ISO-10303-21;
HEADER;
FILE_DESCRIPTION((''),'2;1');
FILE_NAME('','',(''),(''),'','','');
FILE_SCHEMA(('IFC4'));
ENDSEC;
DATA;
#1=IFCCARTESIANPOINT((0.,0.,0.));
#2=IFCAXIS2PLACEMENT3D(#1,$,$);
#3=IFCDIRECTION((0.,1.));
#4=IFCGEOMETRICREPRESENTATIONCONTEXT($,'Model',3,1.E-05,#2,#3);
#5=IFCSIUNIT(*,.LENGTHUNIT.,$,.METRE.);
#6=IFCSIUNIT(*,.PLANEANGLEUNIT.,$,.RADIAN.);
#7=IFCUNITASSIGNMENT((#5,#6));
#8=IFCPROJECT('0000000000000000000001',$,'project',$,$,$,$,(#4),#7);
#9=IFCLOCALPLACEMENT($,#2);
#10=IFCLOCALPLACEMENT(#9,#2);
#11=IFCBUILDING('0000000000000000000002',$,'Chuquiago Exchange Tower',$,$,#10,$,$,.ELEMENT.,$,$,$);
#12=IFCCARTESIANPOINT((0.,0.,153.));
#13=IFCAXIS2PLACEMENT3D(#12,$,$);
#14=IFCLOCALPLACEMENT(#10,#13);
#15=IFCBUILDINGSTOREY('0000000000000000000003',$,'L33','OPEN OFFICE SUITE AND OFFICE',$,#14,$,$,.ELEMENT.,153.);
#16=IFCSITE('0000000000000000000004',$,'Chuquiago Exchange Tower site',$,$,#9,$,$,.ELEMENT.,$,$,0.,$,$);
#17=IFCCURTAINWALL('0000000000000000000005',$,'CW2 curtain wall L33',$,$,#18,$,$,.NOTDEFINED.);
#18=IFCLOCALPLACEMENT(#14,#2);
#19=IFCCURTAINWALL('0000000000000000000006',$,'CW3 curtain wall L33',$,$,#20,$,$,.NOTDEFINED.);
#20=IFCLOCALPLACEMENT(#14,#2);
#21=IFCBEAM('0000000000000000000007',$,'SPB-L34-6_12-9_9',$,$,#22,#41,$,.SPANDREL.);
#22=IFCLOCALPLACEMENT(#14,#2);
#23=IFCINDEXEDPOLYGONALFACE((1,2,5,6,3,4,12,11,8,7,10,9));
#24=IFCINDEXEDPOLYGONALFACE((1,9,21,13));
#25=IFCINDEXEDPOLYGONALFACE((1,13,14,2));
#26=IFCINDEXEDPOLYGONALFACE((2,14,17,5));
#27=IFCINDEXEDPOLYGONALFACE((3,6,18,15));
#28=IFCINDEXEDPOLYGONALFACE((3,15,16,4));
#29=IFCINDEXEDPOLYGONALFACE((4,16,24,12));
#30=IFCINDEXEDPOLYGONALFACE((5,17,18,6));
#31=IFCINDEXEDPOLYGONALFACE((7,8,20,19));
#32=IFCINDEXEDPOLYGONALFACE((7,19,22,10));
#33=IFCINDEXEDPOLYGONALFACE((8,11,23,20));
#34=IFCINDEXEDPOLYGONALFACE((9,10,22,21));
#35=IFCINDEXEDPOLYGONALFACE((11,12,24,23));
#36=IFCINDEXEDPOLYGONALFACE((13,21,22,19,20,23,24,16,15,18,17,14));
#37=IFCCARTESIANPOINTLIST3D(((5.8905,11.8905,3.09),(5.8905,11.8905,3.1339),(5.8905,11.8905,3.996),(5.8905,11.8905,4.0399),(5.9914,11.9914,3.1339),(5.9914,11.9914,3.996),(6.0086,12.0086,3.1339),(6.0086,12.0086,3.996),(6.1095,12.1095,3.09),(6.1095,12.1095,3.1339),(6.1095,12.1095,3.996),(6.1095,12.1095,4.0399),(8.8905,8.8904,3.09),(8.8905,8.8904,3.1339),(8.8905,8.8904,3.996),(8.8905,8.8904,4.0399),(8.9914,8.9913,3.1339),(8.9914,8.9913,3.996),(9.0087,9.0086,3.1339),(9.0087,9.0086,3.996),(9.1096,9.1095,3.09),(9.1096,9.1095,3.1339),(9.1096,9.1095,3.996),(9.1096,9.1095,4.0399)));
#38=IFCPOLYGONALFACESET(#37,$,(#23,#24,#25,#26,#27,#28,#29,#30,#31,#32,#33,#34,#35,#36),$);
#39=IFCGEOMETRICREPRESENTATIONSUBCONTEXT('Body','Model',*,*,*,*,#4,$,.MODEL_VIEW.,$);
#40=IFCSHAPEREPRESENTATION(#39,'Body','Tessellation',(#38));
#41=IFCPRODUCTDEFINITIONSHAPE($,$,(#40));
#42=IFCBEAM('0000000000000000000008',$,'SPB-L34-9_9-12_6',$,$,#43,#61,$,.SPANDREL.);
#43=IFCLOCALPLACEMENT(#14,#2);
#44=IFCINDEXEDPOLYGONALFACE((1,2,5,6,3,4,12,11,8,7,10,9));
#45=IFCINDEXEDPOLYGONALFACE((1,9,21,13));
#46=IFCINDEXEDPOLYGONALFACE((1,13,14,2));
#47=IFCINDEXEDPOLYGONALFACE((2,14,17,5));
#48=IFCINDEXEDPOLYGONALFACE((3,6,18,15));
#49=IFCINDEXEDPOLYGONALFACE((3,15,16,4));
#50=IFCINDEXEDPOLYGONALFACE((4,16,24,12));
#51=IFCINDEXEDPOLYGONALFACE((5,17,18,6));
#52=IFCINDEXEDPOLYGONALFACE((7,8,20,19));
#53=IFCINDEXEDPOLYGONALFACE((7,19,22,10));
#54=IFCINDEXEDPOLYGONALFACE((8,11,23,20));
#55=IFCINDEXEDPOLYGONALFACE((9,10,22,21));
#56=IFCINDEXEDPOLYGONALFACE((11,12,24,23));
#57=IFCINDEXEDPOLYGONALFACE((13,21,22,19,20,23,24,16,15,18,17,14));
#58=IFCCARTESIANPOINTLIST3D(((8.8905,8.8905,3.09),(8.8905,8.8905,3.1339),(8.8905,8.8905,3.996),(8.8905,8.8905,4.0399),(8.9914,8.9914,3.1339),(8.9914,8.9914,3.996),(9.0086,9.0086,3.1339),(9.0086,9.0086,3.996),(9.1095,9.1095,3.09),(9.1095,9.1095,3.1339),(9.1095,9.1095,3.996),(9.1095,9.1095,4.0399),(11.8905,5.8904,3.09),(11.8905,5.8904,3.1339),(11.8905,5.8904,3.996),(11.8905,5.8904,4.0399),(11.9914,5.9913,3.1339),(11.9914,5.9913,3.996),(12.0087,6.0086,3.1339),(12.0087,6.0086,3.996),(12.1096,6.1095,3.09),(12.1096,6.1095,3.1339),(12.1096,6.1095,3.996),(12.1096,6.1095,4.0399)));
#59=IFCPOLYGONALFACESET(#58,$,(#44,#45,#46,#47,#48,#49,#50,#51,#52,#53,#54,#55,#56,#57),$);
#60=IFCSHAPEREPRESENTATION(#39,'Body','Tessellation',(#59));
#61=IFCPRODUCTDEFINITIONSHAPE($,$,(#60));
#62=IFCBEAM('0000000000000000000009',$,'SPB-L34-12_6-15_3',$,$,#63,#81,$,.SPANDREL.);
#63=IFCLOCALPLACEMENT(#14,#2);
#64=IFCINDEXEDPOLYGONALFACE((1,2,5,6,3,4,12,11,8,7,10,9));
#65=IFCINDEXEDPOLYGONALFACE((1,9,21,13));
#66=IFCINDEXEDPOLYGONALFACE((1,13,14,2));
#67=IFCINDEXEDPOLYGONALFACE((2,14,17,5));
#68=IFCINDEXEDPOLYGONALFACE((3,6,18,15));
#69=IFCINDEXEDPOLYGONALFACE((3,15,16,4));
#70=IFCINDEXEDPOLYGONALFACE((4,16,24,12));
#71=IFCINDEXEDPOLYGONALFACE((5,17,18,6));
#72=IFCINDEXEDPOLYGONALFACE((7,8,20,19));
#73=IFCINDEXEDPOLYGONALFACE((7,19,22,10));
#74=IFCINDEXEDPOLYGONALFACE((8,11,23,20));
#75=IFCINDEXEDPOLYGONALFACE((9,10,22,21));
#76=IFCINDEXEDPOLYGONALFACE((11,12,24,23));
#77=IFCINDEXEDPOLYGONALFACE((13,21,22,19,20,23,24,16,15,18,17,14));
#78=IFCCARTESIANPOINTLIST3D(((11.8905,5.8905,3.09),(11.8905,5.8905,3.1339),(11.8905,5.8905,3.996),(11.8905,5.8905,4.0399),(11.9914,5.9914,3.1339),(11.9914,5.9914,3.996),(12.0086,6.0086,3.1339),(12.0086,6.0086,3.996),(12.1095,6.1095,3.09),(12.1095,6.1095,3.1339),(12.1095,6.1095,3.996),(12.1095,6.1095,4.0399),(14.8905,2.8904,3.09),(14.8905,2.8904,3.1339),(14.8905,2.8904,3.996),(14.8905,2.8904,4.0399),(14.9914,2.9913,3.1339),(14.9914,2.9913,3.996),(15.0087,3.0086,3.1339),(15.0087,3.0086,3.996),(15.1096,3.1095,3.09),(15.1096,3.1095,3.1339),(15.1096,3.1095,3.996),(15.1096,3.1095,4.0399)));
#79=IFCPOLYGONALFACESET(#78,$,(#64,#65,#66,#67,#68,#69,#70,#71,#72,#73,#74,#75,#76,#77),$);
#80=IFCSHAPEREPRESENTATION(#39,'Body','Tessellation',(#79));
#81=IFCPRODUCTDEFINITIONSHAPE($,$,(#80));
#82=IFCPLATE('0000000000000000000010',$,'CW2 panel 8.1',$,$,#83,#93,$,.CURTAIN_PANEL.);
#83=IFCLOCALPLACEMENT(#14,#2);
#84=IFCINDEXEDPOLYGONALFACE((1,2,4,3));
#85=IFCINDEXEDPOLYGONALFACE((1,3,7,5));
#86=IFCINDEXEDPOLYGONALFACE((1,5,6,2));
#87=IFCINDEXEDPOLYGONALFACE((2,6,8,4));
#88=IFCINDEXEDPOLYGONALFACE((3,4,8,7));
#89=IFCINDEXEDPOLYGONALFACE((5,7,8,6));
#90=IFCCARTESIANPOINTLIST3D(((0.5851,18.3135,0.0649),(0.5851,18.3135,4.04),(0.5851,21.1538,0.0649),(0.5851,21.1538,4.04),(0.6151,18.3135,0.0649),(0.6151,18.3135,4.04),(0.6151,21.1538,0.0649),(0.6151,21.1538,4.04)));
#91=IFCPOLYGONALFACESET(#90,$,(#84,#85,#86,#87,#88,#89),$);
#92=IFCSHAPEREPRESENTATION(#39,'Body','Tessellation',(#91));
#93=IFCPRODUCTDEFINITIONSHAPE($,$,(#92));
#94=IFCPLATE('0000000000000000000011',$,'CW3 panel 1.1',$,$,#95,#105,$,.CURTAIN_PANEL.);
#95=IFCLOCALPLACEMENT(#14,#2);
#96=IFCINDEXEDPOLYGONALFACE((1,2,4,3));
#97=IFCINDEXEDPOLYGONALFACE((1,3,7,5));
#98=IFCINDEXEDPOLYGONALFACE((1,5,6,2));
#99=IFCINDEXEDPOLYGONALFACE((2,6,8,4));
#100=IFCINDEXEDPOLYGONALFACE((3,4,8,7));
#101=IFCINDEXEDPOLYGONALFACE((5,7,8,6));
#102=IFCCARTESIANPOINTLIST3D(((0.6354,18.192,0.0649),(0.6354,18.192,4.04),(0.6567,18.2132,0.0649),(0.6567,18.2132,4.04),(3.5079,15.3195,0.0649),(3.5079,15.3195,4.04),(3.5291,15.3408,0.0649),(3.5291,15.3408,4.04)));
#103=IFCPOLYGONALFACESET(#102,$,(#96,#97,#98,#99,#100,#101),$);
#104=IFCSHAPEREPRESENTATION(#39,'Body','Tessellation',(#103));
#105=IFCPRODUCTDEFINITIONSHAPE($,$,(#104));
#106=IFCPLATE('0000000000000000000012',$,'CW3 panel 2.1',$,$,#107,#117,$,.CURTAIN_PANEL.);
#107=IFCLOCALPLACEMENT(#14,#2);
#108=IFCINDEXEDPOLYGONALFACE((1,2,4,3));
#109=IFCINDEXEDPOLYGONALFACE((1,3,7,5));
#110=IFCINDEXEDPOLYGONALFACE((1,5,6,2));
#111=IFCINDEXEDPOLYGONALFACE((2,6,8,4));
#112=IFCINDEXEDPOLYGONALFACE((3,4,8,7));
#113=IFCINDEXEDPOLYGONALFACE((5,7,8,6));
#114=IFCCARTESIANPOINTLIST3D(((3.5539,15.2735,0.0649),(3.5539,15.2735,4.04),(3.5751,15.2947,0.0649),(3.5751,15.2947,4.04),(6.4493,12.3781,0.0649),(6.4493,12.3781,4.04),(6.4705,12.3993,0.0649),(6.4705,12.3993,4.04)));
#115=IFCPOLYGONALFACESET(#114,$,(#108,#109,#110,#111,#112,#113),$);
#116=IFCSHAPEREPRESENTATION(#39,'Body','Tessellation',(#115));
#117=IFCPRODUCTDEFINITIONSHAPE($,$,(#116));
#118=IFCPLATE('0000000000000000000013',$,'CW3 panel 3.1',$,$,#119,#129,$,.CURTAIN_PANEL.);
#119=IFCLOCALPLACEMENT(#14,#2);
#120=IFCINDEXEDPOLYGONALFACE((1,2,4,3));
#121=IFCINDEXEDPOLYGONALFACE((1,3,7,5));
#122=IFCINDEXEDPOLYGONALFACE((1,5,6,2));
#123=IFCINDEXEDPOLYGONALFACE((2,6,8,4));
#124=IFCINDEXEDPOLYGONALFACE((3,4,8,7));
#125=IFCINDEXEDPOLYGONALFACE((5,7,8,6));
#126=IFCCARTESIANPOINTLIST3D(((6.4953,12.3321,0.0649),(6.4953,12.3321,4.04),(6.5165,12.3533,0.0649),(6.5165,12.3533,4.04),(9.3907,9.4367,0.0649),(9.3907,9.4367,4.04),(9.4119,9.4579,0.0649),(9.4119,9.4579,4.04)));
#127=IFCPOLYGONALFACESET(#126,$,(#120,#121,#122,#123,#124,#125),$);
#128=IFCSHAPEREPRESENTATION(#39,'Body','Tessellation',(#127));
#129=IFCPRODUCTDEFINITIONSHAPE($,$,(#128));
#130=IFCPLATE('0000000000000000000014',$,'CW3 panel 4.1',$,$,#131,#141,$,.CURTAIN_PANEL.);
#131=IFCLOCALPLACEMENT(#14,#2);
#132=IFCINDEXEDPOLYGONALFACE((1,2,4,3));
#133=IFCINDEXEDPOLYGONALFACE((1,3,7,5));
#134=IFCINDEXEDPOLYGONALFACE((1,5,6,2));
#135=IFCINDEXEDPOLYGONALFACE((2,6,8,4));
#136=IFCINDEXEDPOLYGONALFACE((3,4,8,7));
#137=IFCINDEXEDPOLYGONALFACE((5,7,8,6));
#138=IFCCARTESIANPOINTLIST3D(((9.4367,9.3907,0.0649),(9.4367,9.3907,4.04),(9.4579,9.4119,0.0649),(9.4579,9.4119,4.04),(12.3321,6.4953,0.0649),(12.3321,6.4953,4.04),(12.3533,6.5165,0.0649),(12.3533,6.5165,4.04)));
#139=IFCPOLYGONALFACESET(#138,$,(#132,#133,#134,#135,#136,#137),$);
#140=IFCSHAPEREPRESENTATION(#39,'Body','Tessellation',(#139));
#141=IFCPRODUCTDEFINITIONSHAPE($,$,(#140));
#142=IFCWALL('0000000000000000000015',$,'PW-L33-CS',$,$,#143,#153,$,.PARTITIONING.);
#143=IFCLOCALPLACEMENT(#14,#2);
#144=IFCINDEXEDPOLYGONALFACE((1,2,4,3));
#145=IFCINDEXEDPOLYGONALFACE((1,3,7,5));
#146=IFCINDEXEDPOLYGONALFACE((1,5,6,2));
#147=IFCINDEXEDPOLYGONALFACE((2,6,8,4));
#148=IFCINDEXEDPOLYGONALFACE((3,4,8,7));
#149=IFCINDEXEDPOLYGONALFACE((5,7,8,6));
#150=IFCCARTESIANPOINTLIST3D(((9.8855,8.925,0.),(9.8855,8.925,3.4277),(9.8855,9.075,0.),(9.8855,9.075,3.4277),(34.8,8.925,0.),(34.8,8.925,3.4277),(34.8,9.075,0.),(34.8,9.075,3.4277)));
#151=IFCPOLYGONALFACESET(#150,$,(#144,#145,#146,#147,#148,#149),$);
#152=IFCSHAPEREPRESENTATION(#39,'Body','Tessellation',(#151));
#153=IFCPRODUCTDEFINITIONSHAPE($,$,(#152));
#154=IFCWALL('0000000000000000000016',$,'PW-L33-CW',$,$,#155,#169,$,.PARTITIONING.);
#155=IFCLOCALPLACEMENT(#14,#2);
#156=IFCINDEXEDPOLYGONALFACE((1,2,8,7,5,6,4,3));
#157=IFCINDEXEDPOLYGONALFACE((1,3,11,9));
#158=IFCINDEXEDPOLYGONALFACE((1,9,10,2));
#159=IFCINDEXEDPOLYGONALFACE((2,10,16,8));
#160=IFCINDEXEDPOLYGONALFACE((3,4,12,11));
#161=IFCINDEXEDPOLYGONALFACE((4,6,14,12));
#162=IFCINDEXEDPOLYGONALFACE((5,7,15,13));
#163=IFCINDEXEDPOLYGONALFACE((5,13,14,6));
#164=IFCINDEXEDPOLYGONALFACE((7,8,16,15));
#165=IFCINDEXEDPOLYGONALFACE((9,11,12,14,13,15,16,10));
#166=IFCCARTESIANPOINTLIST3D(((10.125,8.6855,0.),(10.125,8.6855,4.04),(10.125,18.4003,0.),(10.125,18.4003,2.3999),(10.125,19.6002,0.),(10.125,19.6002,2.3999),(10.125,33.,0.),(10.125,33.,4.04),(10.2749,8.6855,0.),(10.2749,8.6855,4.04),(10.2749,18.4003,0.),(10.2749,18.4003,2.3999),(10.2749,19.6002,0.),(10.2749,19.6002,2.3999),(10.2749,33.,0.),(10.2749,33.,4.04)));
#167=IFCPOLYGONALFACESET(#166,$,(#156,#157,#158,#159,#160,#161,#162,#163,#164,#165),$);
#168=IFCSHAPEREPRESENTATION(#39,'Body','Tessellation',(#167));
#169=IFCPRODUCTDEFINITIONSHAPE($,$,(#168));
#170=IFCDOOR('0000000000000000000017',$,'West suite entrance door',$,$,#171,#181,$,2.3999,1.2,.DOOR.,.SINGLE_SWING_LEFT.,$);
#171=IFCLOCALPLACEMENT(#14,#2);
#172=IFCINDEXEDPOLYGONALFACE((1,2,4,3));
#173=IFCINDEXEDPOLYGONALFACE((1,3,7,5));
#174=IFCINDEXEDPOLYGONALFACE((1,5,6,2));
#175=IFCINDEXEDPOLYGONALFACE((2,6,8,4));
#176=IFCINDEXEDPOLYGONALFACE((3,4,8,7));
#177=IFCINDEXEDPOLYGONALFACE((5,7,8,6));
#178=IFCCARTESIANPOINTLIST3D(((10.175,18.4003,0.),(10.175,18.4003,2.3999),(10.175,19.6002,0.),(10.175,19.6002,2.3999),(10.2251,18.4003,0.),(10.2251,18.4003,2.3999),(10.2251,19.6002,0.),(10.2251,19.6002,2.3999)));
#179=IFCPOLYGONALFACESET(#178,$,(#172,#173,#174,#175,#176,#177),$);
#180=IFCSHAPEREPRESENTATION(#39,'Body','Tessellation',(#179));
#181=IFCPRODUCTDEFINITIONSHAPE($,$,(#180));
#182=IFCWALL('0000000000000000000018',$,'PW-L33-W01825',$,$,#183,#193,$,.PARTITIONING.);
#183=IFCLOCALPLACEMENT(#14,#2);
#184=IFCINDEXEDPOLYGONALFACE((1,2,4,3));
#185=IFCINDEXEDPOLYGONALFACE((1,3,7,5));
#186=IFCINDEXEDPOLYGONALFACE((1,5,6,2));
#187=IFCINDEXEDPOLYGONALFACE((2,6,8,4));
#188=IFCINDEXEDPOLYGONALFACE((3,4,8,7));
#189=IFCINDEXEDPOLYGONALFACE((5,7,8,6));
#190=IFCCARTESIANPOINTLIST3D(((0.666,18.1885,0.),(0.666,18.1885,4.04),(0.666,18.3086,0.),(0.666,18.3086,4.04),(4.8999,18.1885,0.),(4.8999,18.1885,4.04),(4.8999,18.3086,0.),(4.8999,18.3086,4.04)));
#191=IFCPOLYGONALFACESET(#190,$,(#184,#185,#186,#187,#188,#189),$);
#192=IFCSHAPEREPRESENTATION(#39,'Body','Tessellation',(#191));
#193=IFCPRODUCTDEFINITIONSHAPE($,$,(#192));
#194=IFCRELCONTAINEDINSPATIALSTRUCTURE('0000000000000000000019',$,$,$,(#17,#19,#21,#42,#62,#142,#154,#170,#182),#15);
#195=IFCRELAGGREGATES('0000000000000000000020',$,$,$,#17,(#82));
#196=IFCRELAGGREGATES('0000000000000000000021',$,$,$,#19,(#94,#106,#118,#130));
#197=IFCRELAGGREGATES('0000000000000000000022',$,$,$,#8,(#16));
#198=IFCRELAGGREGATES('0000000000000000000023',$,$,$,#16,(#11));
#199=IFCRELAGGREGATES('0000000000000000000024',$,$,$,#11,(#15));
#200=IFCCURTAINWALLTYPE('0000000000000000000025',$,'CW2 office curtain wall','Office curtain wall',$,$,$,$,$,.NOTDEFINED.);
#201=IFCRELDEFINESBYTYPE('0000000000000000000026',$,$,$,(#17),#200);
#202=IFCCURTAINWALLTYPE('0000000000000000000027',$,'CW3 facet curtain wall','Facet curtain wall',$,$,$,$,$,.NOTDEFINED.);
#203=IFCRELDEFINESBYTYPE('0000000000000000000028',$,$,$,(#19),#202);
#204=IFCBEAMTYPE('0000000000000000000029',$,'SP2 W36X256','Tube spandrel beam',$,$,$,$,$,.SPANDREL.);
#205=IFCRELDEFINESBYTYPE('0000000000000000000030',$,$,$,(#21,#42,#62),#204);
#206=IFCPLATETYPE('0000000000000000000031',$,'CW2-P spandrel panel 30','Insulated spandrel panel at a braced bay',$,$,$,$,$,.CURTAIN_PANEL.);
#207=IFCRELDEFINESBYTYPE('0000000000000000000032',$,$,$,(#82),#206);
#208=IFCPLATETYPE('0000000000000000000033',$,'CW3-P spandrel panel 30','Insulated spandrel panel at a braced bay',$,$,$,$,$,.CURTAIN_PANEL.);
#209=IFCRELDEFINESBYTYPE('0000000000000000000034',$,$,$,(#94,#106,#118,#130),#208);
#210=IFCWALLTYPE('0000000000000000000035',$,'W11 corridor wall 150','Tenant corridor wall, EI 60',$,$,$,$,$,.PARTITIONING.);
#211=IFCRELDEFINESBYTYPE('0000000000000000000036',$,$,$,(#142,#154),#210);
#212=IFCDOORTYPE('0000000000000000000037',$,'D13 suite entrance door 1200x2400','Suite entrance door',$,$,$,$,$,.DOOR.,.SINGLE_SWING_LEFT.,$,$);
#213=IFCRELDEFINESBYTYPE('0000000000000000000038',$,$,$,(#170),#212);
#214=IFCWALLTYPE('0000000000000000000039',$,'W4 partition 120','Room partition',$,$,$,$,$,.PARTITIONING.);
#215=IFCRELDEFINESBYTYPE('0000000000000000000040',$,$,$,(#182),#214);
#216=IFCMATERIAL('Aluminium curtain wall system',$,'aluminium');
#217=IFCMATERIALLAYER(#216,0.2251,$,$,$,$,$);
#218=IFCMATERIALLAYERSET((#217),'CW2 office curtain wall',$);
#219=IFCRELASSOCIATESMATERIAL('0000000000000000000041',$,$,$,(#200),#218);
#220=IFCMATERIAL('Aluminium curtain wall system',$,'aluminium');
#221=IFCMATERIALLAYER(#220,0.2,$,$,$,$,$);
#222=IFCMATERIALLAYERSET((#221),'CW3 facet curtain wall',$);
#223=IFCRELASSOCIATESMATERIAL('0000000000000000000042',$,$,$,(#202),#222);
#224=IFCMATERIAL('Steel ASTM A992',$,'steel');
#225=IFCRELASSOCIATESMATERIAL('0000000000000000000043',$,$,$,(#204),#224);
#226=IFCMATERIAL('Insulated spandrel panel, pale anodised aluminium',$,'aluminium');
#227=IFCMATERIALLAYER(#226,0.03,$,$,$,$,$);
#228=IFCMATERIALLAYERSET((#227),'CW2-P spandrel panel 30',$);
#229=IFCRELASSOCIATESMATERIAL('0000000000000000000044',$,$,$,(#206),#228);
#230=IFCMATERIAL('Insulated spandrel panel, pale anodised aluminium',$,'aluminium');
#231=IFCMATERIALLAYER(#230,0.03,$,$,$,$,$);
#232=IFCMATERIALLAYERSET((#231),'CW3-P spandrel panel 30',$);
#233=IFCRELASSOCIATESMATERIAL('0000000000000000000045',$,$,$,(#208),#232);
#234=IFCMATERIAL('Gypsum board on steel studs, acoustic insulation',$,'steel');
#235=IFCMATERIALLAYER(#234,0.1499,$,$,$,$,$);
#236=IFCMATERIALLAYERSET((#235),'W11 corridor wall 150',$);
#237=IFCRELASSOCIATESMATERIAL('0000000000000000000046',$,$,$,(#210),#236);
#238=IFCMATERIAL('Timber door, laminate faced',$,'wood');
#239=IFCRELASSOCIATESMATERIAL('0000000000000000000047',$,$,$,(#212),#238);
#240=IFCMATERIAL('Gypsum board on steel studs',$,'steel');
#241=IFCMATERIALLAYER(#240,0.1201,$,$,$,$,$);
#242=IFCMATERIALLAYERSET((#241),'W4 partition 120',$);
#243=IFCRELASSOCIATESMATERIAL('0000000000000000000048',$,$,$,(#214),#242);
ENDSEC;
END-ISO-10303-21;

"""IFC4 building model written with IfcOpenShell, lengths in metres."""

from ifc_helpers import new_model, si_unit, direction, frame, frame_2d, origin, origin_2d, place, context, subcontext, project, spatial, rectangle, i_section, extrude, material, layer, layer_set, material_profile, profile_set, type_object, element, fill, aggregate, save


model = new_model("IFC4")

# Units and contexts
model_context = context("Model", 3, precision=1e-05, world=origin(), true_north=direction((0.0, 1.0)))
body_context = subcontext(model_context, "Body", "Model", "MODEL_VIEW")
ifc_project = project(units=[si_unit("LENGTHUNIT", "METRE"), si_unit("PLANEANGLEUNIT", "RADIAN")], contexts=[model_context])

# Site, building, storey
site_placement = place(None, origin())
site = spatial("IfcSite", under=ifc_project, at=site_placement, Name="Chuquiago Exchange Tower site", CompositionType="ELEMENT", RefElevation=0.0)
building_placement = place(site_placement, origin())
building = spatial("IfcBuilding", under=site, at=building_placement, Name="Chuquiago Exchange Tower", CompositionType="ELEMENT")
storey_placement = place(building_placement, frame((0.0, 0.0, 153.0)))
storey = spatial("IfcBuildingStorey", under=building, at=storey_placement, Name="L33", Description="OPEN OFFICE SUITE AND OFFICE", CompositionType="ELEMENT", Elevation=153.0)

# Curtain wall
ifc_material_1 = material(Name="Aluminium curtain wall system", Category="aluminium")
ifc_layer_1 = layer(ifc_material_1, 0.2251)
ifc_layer_set_1 = layer_set([ifc_layer_1], Name="CW2 office curtain wall")
curtain_wall_type_1 = type_object("IfcCurtainWallType", Name="CW2 office curtain wall", Description="Office curtain wall", PredefinedType="NOTDEFINED", material=ifc_layer_set_1)
curtain_wall_1_placement = place(storey_placement, origin())
curtain_wall_1 = element("IfcCurtainWall", 1, at=curtain_wall_1_placement, inside=storey, type_object=curtain_wall_type_1, Name="CW2 curtain wall L33", PredefinedType="NOTDEFINED")

# Curtain wall
ifc_material_2 = material(Name="Aluminium curtain wall system", Category="aluminium")
ifc_layer_2 = layer(ifc_material_2, 0.2)
ifc_layer_set_2 = layer_set([ifc_layer_2], Name="CW3 facet curtain wall")
curtain_wall_type_2 = type_object("IfcCurtainWallType", Name="CW3 facet curtain wall", Description="Facet curtain wall", PredefinedType="NOTDEFINED", material=ifc_layer_set_2)
curtain_wall_2_placement = place(storey_placement, origin())
curtain_wall_2 = element("IfcCurtainWall", 2, at=curtain_wall_2_placement, inside=storey, type_object=curtain_wall_type_2, Name="CW3 curtain wall L33", PredefinedType="NOTDEFINED")

# Beams
ifc_material_3 = material(Name="Steel ASTM A992", Category="steel")
ifc_material_profile_1 = material_profile(ifc_material_3, i_section(OverallWidth=0.3098, OverallDepth=0.95, WebThickness=0.0244, FlangeThickness=0.0439, at=origin_2d()), Name="W36X256")
ifc_profile_set_1 = profile_set([ifc_material_profile_1], Name="Steel ASTM A992")
beam_type_1 = type_object("IfcBeamType", Name="SP2 W36X256", Description="Tube spandrel beam", PredefinedType="SPANDREL", material=ifc_profile_set_1)
for number, where, z_axis, x_axis, name in (
    (3, (6.0, 12.0, 3.5649), (0.707107, -0.707107, 0.0), (0.707107, 0.707107, 0.0), "SPB-L34-6_12-9_9"),
    (4, (9.0, 9.0, 3.5649), (0.707107, -0.707107, 0.0), (0.707107, 0.707107, 0.0), "SPB-L34-9_9-12_6"),
    (5, (12.0, 6.0, 3.5649), (0.707107, -0.707107, 0.0), (0.707107, 0.707107, 0.0), "SPB-L34-12_6-15_3"),
):
    element("IfcBeam", number, at=place(storey_placement, frame(where, z_axis=z_axis, x_axis=x_axis)), inside=storey, type_object=beam_type_1, Name=name, PredefinedType="SPANDREL", context=body_context, shape_type="SweptSolid", body=[
        extrude(i_section(OverallWidth=0.3098, OverallDepth=0.95, WebThickness=0.0244, FlangeThickness=0.0439, at=origin_2d()), origin(), (0.0, 0.0, 1.0), 4.2427),
    ])

# Plates
ifc_material_4 = material(Name="Insulated spandrel panel, pale anodised aluminium", Category="aluminium")
ifc_layer_3 = layer(ifc_material_4, 0.03)
ifc_layer_set_3 = layer_set([ifc_layer_3], Name="CW2-P spandrel panel 30")
plate_type_1 = type_object("IfcPlateType", Name="CW2-P spandrel panel 30", Description="Insulated spandrel panel at a braced bay", PredefinedType="CURTAIN_PANEL", material=ifc_layer_set_3)
plate_1_placement = place(storey_placement, frame((0.6001, 19.7336, 0.0649), z_axis=(0.0, 0.0, 1.0), x_axis=(0.0, -1.0, 0.0)))
plate_1 = element("IfcPlate", 6, at=plate_1_placement, type_object=plate_type_1, Name="CW2 panel 8.1", PredefinedType="CURTAIN_PANEL", context=body_context, shape_type="SweptSolid", body=[
    extrude(rectangle(XDim=2.8403, YDim=0.03, at=origin_2d()), origin(), (0.0, 0.0, 1.0), 3.9751),
])
aggregate(curtain_wall_1, [plate_1])
ifc_material_5 = material(Name="Insulated spandrel panel, pale anodised aluminium", Category="aluminium")
ifc_layer_4 = layer(ifc_material_5, 0.03)
ifc_layer_set_4 = layer_set([ifc_layer_4], Name="CW3-P spandrel panel 30")
plate_type_2 = type_object("IfcPlateType", Name="CW3-P spandrel panel 30", Description="Insulated spandrel panel at a braced bay", PredefinedType="CURTAIN_PANEL", material=ifc_layer_set_4)
plate_2_placement = place(storey_placement, frame((2.0823, 16.7664, 0.0649), z_axis=(0.0, 0.0, 1.0), x_axis=(0.707107, -0.707107, 0.0)))
plate_2 = element("IfcPlate", 7, at=plate_2_placement, type_object=plate_type_2, Name="CW3 panel 1.1", PredefinedType="CURTAIN_PANEL", context=body_context, shape_type="SweptSolid", body=[
    extrude(rectangle(XDim=4.0623, YDim=0.03, at=origin_2d()), origin(), (0.0, 0.0, 1.0), 3.9751),
])
plate_3_placement = place(storey_placement, frame((5.0122, 13.8364, 0.0649), z_axis=(0.0, 0.0, 1.0), x_axis=(0.707107, -0.707107, 0.0)))
plate_3 = element("IfcPlate", 8, at=plate_3_placement, type_object=plate_type_2, Name="CW3 panel 2.1", PredefinedType="CURTAIN_PANEL", context=body_context, shape_type="SweptSolid", body=[
    extrude(rectangle(XDim=4.0947, YDim=0.03, at=origin_2d()), origin(), (0.0, 0.0, 1.0), 3.9751),
])
plate_4_placement = place(storey_placement, frame((7.9536, 10.895, 0.0649), z_axis=(0.0, 0.0, 1.0), x_axis=(0.707107, -0.707107, 0.0)))
plate_4 = element("IfcPlate", 9, at=plate_4_placement, type_object=plate_type_2, Name="CW3 panel 3.1", PredefinedType="CURTAIN_PANEL", context=body_context, shape_type="SweptSolid", body=[
    extrude(rectangle(XDim=4.0947, YDim=0.03, at=origin_2d()), origin(), (0.0, 0.0, 1.0), 3.9751),
])
plate_5_placement = place(storey_placement, frame((10.895, 7.9536, 0.0649), z_axis=(0.0, 0.0, 1.0), x_axis=(0.707107, -0.707107, 0.0)))
plate_5 = element("IfcPlate", 10, at=plate_5_placement, type_object=plate_type_2, Name="CW3 panel 4.1", PredefinedType="CURTAIN_PANEL", context=body_context, shape_type="SweptSolid", body=[
    extrude(rectangle(XDim=4.0947, YDim=0.03, at=origin_2d()), origin(), (0.0, 0.0, 1.0), 3.9751),
])
aggregate(curtain_wall_2, [plate_2, plate_3, plate_4, plate_5])

# Wall
ifc_material_6 = material(Name="Gypsum board on steel studs, acoustic insulation", Category="steel")
ifc_layer_5 = layer(ifc_material_6, 0.1499)
ifc_layer_set_5 = layer_set([ifc_layer_5], Name="W11 corridor wall 150")
wall_type_1 = type_object("IfcWallType", Name="W11 corridor wall 150", Description="Tenant corridor wall, EI 60", PredefinedType="PARTITIONING", material=ifc_layer_set_5)
wall_1_placement = place(storey_placement, frame((9.8855, 9.0, 0.0), z_axis=(0.0, 0.0, 1.0), x_axis=(1.0, 0.0, 0.0)))
element("IfcWall", 11, at=wall_1_placement, inside=storey, type_object=wall_type_1, Name="PW-L33-CS", PredefinedType="PARTITIONING", context=body_context, shape_type="SweptSolid", body=[
    extrude(rectangle(XDim=24.9146, YDim=0.1499, at=frame_2d((12.4573, 0.0))), origin(), (0.0, 0.0, 1.0), 3.4277),
])

# Wall, opening, door
wall_2_placement = place(storey_placement, frame((10.2, 8.6855, 0.0), z_axis=(0.0, 0.0, 1.0), x_axis=(0.0, 1.0, 0.0)))
wall_2 = element("IfcWall", 12, at=wall_2_placement, inside=storey, type_object=wall_type_1, Name="PW-L33-CW", PredefinedType="PARTITIONING", context=body_context, shape_type="SweptSolid", body=[
    extrude(rectangle(XDim=24.3145, YDim=0.1499, at=frame_2d((12.1572, 0.0))), origin(), (0.0, 0.0, 1.0), 4.04),
])
opening_1_placement = place(wall_2_placement, frame((9.7146, 0.0, 0.0)))
opening_1 = element("IfcOpeningElement", 13, at=opening_1_placement, cuts=wall_2, PredefinedType="OPENING", context=body_context, shape_type="SweptSolid", body=[
    extrude(rectangle(XDim=1.2, YDim=2.3999, at=frame_2d((0.6001, 1.2))), frame((0.0, 0.085, 0.0), z_axis=(0.0, -1.0, 0.0), x_axis=(1.0, 0.0, 0.0)), (0.0, 0.0, 1.0), 0.1699),
])
ifc_material_7 = material(Name="Timber door, laminate faced", Category="wood")
door_type_1 = type_object("IfcDoorType", Name="D13 suite entrance door 1200x2400", Description="Suite entrance door", OperationType="SINGLE_SWING_LEFT", PredefinedType="DOOR", material=ifc_material_7)
door_1_placement = place(opening_1_placement, origin())
door_1 = element("IfcDoor", 14, at=door_1_placement, inside=storey, type_object=door_type_1, Name="West suite entrance door", OperationType="SINGLE_SWING_LEFT", OverallHeight=2.3999, OverallWidth=1.2, PredefinedType="DOOR", context=body_context, shape_type="SweptSolid", body=[
    extrude(rectangle(XDim=1.2, YDim=2.3999, at=frame_2d((0.6001, 1.2))), frame((0.0, 0.0249, 0.0), z_axis=(0.0, -1.0, 0.0), x_axis=(1.0, 0.0, 0.0)), (0.0, 0.0, 1.0), 0.05),
])
fill(opening_1, door_1)

# Wall
ifc_material_8 = material(Name="Gypsum board on steel studs", Category="steel")
ifc_layer_6 = layer(ifc_material_8, 0.1201)
ifc_layer_set_6 = layer_set([ifc_layer_6], Name="W4 partition 120")
wall_type_2 = type_object("IfcWallType", Name="W4 partition 120", Description="Room partition", PredefinedType="PARTITIONING", material=ifc_layer_set_6)
wall_3_placement = place(storey_placement, frame((0.666, 18.2485, 0.0), z_axis=(0.0, 0.0, 1.0), x_axis=(1.0, 0.0, 0.0)))
element("IfcWall", 15, at=wall_3_placement, inside=storey, type_object=wall_type_2, Name="PW-L33-W01825", PredefinedType="PARTITIONING", context=body_context, shape_type="SweptSolid", body=[
    extrude(rectangle(XDim=4.2339, YDim=0.1201, at=frame_2d((2.1169, 0.0))), origin(), (0.0, 0.0, 1.0), 4.04),
])

save(model, "model.ifc")
